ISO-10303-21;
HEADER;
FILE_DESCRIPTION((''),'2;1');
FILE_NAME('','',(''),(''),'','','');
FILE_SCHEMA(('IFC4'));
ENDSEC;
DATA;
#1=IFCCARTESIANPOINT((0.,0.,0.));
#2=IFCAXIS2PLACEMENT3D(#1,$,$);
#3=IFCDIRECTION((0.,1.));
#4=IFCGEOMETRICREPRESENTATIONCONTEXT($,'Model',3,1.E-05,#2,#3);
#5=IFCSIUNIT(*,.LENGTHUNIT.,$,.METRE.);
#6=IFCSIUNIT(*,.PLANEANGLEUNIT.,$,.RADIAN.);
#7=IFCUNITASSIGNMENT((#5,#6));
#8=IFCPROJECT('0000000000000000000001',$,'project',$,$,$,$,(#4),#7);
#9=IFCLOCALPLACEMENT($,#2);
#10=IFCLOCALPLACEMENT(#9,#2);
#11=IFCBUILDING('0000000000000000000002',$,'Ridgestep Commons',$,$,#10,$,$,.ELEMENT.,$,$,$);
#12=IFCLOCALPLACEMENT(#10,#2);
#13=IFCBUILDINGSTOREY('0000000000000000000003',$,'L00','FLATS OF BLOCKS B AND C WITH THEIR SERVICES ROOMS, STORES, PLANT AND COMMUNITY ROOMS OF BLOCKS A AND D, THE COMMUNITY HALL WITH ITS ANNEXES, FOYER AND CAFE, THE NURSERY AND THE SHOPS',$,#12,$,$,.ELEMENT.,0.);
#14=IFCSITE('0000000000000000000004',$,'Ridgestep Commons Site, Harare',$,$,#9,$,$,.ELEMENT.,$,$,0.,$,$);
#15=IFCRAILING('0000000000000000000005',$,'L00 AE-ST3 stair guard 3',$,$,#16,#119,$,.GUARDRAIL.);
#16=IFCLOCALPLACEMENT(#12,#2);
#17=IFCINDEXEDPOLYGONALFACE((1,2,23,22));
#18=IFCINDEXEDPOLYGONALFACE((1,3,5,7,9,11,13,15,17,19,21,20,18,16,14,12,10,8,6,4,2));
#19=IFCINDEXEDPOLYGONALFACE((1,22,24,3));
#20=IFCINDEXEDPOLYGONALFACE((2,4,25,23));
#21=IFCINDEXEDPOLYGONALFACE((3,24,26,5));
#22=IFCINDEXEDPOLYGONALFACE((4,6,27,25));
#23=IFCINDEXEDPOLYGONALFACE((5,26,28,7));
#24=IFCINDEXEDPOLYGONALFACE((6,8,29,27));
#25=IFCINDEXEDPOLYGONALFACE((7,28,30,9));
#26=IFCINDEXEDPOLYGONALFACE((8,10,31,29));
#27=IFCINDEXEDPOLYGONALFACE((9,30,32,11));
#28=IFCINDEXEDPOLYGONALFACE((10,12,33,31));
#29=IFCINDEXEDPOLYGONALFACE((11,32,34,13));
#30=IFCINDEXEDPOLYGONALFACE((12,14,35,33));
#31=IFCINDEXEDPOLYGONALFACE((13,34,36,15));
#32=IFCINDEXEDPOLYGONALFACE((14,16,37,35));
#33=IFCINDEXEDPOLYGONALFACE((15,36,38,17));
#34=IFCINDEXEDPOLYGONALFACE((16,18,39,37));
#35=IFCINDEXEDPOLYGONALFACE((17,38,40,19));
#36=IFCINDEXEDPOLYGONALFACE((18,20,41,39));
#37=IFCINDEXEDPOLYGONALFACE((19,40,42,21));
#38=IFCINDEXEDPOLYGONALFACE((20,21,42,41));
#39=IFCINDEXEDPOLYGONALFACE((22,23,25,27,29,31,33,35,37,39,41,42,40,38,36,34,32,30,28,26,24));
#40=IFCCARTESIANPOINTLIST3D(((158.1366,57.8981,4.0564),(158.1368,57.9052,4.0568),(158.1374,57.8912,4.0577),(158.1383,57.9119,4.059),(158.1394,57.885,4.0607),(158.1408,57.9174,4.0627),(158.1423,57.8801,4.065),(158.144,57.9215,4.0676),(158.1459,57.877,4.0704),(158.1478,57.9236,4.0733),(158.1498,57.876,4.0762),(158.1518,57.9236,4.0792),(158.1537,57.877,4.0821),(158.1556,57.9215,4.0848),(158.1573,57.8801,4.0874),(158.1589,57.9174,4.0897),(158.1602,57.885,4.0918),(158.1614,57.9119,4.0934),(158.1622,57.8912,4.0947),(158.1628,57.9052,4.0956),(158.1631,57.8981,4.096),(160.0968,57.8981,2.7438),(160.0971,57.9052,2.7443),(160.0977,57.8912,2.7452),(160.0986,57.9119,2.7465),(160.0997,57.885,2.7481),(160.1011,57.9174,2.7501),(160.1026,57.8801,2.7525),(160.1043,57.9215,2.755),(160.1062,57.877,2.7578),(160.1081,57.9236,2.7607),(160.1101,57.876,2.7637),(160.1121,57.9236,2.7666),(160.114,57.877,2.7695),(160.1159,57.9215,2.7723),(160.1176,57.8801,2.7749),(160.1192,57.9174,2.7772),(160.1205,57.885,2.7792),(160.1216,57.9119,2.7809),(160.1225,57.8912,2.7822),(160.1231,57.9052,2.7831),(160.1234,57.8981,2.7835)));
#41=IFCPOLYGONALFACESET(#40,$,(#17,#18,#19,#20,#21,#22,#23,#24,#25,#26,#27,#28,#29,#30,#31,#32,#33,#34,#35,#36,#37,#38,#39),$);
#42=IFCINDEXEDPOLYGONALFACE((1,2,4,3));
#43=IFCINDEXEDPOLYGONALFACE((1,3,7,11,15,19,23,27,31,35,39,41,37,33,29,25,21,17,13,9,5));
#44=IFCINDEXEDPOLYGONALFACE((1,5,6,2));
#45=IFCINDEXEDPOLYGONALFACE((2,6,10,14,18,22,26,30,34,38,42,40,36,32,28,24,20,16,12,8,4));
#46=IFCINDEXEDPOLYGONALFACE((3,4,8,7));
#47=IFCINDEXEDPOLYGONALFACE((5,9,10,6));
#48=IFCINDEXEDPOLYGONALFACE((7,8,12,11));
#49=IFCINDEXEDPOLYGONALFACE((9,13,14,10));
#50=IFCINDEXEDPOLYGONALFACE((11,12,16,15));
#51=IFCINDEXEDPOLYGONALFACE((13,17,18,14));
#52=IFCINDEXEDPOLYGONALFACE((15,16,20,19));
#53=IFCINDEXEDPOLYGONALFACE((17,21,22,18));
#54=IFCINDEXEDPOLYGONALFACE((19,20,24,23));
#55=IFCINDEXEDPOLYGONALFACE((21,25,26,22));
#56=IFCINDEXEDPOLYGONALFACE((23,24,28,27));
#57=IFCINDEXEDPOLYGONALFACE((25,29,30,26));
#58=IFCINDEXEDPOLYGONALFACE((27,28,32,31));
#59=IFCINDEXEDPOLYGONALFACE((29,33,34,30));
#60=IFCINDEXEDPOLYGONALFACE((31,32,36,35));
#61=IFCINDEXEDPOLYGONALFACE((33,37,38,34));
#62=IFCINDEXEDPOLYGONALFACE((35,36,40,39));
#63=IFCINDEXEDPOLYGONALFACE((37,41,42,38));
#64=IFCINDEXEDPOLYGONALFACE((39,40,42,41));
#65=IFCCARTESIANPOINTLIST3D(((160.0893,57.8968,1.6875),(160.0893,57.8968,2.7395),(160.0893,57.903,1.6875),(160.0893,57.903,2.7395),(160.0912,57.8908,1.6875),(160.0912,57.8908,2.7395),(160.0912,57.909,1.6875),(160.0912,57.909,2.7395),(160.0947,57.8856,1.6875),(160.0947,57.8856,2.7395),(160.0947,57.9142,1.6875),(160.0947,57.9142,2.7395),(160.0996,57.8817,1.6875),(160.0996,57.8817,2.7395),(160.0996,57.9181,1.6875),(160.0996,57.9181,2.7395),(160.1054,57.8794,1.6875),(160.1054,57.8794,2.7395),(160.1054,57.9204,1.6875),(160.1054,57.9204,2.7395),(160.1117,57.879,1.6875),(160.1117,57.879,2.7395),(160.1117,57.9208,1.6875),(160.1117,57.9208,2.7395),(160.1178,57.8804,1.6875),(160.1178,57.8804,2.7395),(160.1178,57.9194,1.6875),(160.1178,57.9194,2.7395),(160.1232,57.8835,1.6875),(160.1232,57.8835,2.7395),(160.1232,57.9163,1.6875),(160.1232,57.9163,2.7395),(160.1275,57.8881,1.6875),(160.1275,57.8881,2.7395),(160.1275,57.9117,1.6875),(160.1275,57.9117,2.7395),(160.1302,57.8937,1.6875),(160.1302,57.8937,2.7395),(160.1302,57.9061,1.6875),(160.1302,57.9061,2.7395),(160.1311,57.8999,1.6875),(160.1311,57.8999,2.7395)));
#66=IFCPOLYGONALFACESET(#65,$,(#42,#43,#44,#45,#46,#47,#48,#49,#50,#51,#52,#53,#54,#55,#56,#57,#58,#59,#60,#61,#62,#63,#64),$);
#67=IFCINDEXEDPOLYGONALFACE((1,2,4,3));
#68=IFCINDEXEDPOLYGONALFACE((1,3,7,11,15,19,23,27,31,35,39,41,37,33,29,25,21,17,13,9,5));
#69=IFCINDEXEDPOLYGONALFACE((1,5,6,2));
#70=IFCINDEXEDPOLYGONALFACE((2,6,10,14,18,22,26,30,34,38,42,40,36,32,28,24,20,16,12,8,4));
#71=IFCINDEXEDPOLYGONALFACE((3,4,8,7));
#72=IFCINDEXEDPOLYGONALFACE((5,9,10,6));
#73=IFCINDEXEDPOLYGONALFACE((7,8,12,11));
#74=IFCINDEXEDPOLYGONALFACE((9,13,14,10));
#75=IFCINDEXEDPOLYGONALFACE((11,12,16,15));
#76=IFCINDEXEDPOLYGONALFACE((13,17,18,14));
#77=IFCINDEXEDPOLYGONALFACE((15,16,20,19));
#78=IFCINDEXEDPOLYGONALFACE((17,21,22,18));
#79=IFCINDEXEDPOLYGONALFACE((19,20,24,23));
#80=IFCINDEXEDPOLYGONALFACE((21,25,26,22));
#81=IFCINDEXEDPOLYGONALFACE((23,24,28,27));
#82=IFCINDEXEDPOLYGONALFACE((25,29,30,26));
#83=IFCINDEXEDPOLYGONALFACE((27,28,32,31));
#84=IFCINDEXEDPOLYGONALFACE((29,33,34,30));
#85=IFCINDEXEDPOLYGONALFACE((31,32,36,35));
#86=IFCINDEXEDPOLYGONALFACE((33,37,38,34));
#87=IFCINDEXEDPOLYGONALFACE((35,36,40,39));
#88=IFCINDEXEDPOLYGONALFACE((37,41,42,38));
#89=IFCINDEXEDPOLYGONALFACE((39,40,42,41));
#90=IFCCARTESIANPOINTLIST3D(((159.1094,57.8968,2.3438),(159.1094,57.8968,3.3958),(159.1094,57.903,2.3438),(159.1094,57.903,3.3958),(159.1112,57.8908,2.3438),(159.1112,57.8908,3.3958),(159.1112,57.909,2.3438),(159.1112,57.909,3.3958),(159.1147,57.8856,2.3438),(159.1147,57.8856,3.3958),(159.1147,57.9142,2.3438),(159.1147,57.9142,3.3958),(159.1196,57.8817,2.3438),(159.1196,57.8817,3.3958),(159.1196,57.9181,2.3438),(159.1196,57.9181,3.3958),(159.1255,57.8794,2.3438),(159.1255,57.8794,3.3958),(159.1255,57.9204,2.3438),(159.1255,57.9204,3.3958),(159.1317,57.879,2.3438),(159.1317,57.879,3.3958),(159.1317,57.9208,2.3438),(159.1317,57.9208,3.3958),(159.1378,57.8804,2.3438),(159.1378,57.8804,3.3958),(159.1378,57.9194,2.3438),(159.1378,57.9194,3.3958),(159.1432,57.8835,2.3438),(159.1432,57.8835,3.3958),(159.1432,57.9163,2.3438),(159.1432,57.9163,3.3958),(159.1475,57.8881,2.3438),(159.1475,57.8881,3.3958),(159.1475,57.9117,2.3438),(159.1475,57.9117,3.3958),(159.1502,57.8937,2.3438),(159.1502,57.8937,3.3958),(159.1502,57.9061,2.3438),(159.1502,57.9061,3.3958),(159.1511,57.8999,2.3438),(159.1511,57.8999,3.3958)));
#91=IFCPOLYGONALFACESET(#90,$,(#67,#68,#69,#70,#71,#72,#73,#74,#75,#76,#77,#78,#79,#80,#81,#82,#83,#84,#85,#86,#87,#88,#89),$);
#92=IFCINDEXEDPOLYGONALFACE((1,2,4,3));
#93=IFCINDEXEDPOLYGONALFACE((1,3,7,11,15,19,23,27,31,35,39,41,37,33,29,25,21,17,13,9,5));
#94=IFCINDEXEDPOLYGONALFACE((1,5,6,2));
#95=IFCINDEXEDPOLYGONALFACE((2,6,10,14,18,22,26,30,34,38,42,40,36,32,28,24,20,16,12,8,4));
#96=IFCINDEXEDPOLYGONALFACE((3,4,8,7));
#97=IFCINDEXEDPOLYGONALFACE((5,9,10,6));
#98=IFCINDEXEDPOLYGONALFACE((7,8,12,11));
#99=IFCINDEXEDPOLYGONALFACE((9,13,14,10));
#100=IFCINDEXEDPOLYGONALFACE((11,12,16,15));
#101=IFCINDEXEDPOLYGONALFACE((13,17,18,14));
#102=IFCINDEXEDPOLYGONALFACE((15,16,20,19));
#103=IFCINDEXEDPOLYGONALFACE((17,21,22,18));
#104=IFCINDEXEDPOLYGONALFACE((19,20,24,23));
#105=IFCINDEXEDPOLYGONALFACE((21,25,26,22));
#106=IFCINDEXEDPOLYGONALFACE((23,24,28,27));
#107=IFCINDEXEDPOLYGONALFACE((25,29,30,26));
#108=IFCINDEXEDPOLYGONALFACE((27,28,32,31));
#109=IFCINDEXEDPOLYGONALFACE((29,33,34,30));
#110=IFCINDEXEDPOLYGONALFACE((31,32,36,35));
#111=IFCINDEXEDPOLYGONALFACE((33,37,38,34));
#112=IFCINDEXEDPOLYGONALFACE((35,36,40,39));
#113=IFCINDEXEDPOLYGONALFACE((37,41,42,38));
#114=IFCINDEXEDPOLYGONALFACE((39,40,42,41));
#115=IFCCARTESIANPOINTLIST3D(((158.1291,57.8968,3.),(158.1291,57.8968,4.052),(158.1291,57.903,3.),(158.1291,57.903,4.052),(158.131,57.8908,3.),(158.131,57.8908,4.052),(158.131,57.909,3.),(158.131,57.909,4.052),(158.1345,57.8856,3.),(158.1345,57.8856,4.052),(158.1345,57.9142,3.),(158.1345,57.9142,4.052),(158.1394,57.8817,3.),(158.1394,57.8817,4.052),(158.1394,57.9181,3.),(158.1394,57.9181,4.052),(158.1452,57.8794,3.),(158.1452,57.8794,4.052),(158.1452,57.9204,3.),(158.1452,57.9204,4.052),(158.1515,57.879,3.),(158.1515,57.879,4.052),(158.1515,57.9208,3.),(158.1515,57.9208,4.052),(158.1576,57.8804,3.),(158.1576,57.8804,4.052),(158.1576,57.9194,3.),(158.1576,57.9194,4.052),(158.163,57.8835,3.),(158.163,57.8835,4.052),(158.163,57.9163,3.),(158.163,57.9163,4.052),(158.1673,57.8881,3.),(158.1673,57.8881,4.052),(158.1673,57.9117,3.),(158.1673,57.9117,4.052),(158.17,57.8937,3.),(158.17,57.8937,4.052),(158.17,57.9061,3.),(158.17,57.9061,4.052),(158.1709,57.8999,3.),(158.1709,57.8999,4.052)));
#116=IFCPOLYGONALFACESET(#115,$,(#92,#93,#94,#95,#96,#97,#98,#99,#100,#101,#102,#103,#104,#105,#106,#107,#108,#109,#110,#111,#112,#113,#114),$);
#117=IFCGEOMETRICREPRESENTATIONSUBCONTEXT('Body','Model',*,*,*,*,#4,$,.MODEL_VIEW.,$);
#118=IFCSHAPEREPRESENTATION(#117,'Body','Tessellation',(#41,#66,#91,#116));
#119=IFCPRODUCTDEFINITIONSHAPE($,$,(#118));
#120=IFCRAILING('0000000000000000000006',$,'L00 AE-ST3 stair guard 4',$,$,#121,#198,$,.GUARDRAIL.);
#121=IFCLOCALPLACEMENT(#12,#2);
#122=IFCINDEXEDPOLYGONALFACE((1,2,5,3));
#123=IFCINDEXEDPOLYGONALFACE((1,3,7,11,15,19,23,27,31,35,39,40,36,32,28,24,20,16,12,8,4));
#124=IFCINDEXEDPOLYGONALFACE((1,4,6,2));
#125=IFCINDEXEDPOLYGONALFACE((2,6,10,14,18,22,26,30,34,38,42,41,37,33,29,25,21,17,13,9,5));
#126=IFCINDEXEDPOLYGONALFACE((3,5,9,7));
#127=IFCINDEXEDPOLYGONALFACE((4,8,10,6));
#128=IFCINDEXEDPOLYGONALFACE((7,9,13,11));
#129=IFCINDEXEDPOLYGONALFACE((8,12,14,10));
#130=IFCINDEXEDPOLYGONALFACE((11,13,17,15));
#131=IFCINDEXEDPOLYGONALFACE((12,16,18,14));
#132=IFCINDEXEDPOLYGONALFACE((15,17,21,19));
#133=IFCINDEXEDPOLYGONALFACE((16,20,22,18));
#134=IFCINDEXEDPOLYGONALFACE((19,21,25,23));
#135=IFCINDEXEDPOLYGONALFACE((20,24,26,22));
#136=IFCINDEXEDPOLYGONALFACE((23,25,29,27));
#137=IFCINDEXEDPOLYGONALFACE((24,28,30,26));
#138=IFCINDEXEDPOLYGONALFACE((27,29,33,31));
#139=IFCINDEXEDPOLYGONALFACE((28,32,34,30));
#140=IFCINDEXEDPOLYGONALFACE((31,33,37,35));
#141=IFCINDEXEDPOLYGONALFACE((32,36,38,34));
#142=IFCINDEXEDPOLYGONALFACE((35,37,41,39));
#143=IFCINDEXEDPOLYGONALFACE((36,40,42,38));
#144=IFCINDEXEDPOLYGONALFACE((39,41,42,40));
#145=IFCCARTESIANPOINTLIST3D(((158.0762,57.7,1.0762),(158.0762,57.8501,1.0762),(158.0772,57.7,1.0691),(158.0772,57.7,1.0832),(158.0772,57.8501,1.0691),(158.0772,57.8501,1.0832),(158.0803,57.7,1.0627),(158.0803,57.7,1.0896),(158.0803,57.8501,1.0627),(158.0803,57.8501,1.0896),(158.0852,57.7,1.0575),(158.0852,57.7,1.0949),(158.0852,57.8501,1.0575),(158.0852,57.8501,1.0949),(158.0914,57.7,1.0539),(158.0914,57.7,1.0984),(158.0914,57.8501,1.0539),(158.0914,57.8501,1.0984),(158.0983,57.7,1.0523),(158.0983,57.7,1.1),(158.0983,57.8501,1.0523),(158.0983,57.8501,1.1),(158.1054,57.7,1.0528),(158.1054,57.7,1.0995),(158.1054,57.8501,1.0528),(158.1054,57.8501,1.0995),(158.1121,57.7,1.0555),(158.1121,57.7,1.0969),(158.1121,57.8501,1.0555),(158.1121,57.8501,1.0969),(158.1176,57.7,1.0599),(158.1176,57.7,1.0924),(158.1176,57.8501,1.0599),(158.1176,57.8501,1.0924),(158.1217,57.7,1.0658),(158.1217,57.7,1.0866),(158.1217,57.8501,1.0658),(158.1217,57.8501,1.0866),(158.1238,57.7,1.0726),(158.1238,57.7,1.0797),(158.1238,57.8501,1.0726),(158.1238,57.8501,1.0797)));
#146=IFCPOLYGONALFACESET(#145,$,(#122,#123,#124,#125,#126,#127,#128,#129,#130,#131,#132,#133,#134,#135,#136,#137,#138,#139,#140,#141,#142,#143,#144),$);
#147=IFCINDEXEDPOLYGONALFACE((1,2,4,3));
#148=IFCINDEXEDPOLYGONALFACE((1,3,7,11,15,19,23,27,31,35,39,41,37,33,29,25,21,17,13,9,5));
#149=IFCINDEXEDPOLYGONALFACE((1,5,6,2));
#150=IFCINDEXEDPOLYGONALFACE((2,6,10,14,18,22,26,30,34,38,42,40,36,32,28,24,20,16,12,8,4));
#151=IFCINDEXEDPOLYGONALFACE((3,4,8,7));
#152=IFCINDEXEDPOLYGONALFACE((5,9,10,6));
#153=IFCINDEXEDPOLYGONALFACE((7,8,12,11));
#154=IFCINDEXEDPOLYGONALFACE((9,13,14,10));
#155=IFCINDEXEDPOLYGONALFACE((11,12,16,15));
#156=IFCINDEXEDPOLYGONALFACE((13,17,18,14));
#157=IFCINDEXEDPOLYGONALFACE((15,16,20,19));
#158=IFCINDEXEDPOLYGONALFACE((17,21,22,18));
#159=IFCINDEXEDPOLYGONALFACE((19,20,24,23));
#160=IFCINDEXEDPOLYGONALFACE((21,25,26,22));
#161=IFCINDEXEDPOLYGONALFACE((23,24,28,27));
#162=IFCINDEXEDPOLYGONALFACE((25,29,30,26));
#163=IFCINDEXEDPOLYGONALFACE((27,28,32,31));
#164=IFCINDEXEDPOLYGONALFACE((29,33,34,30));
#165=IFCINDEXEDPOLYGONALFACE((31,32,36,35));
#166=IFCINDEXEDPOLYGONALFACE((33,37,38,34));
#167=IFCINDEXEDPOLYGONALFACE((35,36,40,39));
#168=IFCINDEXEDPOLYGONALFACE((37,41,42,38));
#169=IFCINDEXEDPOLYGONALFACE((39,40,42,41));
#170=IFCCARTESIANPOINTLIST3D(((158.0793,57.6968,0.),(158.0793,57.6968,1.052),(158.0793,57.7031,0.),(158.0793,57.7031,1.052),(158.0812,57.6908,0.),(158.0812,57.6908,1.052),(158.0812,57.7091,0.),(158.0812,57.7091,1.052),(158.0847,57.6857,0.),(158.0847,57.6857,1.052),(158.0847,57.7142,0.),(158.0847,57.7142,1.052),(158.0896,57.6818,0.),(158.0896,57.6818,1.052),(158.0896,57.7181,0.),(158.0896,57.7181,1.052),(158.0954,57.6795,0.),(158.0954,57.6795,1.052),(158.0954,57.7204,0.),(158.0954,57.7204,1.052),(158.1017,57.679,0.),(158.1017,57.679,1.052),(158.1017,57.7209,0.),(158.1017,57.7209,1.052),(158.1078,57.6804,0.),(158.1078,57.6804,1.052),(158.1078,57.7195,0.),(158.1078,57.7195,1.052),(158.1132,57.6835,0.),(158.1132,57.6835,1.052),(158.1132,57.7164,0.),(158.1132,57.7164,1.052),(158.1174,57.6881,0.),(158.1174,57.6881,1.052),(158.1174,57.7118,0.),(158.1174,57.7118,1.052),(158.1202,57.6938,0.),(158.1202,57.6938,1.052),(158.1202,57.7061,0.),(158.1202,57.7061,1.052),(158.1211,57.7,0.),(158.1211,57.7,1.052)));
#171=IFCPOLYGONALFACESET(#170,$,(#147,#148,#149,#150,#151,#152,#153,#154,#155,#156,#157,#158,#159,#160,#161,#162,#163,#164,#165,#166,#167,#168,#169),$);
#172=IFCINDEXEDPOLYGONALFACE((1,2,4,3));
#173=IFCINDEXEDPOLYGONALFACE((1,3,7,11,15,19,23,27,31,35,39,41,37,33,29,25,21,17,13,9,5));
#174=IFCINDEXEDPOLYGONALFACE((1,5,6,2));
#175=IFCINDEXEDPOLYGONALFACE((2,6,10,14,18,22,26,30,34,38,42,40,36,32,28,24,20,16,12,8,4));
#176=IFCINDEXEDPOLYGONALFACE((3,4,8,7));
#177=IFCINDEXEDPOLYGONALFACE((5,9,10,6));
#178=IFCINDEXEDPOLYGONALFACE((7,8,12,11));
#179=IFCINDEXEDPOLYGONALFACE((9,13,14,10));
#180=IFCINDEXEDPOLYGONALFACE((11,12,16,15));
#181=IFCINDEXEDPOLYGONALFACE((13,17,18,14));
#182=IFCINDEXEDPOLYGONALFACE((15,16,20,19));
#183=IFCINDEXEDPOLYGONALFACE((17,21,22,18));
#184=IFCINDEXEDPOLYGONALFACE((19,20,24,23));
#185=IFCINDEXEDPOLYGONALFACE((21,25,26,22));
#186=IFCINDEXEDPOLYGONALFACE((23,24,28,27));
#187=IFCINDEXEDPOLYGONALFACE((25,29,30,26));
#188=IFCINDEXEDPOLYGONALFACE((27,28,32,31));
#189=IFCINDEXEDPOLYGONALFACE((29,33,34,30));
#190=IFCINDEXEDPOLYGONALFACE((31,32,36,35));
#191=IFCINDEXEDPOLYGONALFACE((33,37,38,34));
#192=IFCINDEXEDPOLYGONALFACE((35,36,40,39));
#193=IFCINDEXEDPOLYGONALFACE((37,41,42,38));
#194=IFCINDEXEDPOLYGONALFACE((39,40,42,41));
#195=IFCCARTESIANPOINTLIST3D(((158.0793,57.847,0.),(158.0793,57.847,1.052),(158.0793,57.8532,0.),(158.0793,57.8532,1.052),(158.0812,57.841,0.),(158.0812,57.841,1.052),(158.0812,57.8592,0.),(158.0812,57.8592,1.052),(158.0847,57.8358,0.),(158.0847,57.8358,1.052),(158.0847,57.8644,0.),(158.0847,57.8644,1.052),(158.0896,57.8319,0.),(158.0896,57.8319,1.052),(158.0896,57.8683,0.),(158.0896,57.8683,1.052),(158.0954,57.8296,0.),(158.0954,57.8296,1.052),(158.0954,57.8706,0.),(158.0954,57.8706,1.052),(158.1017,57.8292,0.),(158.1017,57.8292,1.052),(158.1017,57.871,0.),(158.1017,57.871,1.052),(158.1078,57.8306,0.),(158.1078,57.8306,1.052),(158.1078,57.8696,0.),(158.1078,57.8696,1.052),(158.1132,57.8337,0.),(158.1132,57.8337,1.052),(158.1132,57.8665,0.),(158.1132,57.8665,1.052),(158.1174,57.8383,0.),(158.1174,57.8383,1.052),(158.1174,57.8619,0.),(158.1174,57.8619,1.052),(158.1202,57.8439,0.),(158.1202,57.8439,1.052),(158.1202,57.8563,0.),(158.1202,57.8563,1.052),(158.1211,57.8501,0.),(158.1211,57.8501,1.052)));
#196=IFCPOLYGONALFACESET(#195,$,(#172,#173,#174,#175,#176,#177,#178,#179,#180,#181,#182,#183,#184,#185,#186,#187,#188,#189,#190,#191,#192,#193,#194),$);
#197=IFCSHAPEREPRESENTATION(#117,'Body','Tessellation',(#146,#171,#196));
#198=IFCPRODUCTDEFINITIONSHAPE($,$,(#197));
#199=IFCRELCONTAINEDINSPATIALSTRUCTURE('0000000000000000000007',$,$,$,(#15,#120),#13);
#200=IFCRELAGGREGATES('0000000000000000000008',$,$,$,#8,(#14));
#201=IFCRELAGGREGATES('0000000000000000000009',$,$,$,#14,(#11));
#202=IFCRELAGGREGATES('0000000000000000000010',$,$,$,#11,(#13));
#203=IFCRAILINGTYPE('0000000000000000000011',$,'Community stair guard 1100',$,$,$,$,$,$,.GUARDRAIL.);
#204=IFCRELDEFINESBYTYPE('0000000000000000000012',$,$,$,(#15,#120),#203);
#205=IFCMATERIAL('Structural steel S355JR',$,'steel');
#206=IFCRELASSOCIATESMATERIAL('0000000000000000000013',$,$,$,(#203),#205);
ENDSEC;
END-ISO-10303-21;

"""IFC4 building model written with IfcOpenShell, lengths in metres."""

from ifc_helpers import new_model, si_unit, direction, frame, origin, origin_2d, place, context, subcontext, project, spatial, circle, extrude, material, type_object, element, save


model = new_model("IFC4")

# Units and contexts
model_context = context("Model", 3, precision=1e-05, world=origin(), true_north=direction((0.0, 1.0)))
body_context = subcontext(model_context, "Body", "Model", "MODEL_VIEW")
ifc_project = project(units=[si_unit("LENGTHUNIT", "METRE"), si_unit("PLANEANGLEUNIT", "RADIAN")], contexts=[model_context])

# Site, building, storey
site_placement = place(None, origin())
site = spatial("IfcSite", under=ifc_project, at=site_placement, Name="Ridgestep Commons Site, Harare", CompositionType="ELEMENT", RefElevation=0.0)
building_placement = place(site_placement, origin())
building = spatial("IfcBuilding", under=site, at=building_placement, Name="Ridgestep Commons", CompositionType="ELEMENT")
storey_placement = place(building_placement, origin())
storey = spatial("IfcBuildingStorey", under=building, at=storey_placement, Name="L00", Description="FLATS OF BLOCKS B AND C WITH THEIR SERVICES ROOMS, STORES, PLANT AND COMMUNITY ROOMS OF BLOCKS A AND D, THE COMMUNITY HALL WITH ITS ANNEXES, FOYER AND CAFE, THE NURSERY AND THE SHOPS", CompositionType="ELEMENT", Elevation=0.0)

# Railings
ifc_material_1 = material(Name="Structural steel S355JR", Category="steel")
railing_type_1 = type_object("IfcRailingType", Name="Community stair guard 1100", PredefinedType="GUARDRAIL", material=ifc_material_1)
railing_1_placement = place(storey_placement, frame((160.1101, 57.8999, 1.6875)))
element("IfcRailing", 1, at=railing_1_placement, inside=storey, type_object=railing_type_1, Name="L00 AE-ST3 stair guard 3", PredefinedType="GUARDRAIL", context=body_context, shape_type="SweptSolid", body=[
    extrude(circle(Radius=0.0239, at=origin_2d()), frame((0.0, 0.0, 1.0762), z_axis=(-0.830934, 0.0, 0.556371), x_axis=(0.0, -1.0, 0.0)), (0.0, 0.0, 1.0), 2.3591),
    extrude(circle(Radius=0.021, at=origin_2d()), origin(), (0.0, 0.0, 1.0), 1.052),
    extrude(circle(Radius=0.021, at=origin_2d()), frame((-0.98, 0.0, 0.6562)), (0.0, 0.0, 1.0), 1.052),
    extrude(circle(Radius=0.021, at=origin_2d()), frame((-1.9602, 0.0, 1.3125)), (0.0, 0.0, 1.0), 1.052),
])
railing_2_placement = place(storey_placement, frame((158.1001, 57.7, 0.0)))
element("IfcRailing", 2, at=railing_2_placement, inside=storey, type_object=railing_type_1, Name="L00 AE-ST3 stair guard 4", PredefinedType="GUARDRAIL", context=body_context, shape_type="SweptSolid", body=[
    extrude(circle(Radius=0.0239, at=origin_2d()), frame((0.0, 0.0, 1.0762), z_axis=(0.0, 1.0, 0.0), x_axis=(-1.0, 0.0, 0.0)), (0.0, 0.0, 1.0), 0.1501),
    extrude(circle(Radius=0.021, at=origin_2d()), origin(), (0.0, 0.0, 1.0), 1.052),
    extrude(circle(Radius=0.021, at=origin_2d()), frame((0.0, 0.1501, 0.0)), (0.0, 0.0, 1.0), 1.052),
])

save(model, "model.ifc")
